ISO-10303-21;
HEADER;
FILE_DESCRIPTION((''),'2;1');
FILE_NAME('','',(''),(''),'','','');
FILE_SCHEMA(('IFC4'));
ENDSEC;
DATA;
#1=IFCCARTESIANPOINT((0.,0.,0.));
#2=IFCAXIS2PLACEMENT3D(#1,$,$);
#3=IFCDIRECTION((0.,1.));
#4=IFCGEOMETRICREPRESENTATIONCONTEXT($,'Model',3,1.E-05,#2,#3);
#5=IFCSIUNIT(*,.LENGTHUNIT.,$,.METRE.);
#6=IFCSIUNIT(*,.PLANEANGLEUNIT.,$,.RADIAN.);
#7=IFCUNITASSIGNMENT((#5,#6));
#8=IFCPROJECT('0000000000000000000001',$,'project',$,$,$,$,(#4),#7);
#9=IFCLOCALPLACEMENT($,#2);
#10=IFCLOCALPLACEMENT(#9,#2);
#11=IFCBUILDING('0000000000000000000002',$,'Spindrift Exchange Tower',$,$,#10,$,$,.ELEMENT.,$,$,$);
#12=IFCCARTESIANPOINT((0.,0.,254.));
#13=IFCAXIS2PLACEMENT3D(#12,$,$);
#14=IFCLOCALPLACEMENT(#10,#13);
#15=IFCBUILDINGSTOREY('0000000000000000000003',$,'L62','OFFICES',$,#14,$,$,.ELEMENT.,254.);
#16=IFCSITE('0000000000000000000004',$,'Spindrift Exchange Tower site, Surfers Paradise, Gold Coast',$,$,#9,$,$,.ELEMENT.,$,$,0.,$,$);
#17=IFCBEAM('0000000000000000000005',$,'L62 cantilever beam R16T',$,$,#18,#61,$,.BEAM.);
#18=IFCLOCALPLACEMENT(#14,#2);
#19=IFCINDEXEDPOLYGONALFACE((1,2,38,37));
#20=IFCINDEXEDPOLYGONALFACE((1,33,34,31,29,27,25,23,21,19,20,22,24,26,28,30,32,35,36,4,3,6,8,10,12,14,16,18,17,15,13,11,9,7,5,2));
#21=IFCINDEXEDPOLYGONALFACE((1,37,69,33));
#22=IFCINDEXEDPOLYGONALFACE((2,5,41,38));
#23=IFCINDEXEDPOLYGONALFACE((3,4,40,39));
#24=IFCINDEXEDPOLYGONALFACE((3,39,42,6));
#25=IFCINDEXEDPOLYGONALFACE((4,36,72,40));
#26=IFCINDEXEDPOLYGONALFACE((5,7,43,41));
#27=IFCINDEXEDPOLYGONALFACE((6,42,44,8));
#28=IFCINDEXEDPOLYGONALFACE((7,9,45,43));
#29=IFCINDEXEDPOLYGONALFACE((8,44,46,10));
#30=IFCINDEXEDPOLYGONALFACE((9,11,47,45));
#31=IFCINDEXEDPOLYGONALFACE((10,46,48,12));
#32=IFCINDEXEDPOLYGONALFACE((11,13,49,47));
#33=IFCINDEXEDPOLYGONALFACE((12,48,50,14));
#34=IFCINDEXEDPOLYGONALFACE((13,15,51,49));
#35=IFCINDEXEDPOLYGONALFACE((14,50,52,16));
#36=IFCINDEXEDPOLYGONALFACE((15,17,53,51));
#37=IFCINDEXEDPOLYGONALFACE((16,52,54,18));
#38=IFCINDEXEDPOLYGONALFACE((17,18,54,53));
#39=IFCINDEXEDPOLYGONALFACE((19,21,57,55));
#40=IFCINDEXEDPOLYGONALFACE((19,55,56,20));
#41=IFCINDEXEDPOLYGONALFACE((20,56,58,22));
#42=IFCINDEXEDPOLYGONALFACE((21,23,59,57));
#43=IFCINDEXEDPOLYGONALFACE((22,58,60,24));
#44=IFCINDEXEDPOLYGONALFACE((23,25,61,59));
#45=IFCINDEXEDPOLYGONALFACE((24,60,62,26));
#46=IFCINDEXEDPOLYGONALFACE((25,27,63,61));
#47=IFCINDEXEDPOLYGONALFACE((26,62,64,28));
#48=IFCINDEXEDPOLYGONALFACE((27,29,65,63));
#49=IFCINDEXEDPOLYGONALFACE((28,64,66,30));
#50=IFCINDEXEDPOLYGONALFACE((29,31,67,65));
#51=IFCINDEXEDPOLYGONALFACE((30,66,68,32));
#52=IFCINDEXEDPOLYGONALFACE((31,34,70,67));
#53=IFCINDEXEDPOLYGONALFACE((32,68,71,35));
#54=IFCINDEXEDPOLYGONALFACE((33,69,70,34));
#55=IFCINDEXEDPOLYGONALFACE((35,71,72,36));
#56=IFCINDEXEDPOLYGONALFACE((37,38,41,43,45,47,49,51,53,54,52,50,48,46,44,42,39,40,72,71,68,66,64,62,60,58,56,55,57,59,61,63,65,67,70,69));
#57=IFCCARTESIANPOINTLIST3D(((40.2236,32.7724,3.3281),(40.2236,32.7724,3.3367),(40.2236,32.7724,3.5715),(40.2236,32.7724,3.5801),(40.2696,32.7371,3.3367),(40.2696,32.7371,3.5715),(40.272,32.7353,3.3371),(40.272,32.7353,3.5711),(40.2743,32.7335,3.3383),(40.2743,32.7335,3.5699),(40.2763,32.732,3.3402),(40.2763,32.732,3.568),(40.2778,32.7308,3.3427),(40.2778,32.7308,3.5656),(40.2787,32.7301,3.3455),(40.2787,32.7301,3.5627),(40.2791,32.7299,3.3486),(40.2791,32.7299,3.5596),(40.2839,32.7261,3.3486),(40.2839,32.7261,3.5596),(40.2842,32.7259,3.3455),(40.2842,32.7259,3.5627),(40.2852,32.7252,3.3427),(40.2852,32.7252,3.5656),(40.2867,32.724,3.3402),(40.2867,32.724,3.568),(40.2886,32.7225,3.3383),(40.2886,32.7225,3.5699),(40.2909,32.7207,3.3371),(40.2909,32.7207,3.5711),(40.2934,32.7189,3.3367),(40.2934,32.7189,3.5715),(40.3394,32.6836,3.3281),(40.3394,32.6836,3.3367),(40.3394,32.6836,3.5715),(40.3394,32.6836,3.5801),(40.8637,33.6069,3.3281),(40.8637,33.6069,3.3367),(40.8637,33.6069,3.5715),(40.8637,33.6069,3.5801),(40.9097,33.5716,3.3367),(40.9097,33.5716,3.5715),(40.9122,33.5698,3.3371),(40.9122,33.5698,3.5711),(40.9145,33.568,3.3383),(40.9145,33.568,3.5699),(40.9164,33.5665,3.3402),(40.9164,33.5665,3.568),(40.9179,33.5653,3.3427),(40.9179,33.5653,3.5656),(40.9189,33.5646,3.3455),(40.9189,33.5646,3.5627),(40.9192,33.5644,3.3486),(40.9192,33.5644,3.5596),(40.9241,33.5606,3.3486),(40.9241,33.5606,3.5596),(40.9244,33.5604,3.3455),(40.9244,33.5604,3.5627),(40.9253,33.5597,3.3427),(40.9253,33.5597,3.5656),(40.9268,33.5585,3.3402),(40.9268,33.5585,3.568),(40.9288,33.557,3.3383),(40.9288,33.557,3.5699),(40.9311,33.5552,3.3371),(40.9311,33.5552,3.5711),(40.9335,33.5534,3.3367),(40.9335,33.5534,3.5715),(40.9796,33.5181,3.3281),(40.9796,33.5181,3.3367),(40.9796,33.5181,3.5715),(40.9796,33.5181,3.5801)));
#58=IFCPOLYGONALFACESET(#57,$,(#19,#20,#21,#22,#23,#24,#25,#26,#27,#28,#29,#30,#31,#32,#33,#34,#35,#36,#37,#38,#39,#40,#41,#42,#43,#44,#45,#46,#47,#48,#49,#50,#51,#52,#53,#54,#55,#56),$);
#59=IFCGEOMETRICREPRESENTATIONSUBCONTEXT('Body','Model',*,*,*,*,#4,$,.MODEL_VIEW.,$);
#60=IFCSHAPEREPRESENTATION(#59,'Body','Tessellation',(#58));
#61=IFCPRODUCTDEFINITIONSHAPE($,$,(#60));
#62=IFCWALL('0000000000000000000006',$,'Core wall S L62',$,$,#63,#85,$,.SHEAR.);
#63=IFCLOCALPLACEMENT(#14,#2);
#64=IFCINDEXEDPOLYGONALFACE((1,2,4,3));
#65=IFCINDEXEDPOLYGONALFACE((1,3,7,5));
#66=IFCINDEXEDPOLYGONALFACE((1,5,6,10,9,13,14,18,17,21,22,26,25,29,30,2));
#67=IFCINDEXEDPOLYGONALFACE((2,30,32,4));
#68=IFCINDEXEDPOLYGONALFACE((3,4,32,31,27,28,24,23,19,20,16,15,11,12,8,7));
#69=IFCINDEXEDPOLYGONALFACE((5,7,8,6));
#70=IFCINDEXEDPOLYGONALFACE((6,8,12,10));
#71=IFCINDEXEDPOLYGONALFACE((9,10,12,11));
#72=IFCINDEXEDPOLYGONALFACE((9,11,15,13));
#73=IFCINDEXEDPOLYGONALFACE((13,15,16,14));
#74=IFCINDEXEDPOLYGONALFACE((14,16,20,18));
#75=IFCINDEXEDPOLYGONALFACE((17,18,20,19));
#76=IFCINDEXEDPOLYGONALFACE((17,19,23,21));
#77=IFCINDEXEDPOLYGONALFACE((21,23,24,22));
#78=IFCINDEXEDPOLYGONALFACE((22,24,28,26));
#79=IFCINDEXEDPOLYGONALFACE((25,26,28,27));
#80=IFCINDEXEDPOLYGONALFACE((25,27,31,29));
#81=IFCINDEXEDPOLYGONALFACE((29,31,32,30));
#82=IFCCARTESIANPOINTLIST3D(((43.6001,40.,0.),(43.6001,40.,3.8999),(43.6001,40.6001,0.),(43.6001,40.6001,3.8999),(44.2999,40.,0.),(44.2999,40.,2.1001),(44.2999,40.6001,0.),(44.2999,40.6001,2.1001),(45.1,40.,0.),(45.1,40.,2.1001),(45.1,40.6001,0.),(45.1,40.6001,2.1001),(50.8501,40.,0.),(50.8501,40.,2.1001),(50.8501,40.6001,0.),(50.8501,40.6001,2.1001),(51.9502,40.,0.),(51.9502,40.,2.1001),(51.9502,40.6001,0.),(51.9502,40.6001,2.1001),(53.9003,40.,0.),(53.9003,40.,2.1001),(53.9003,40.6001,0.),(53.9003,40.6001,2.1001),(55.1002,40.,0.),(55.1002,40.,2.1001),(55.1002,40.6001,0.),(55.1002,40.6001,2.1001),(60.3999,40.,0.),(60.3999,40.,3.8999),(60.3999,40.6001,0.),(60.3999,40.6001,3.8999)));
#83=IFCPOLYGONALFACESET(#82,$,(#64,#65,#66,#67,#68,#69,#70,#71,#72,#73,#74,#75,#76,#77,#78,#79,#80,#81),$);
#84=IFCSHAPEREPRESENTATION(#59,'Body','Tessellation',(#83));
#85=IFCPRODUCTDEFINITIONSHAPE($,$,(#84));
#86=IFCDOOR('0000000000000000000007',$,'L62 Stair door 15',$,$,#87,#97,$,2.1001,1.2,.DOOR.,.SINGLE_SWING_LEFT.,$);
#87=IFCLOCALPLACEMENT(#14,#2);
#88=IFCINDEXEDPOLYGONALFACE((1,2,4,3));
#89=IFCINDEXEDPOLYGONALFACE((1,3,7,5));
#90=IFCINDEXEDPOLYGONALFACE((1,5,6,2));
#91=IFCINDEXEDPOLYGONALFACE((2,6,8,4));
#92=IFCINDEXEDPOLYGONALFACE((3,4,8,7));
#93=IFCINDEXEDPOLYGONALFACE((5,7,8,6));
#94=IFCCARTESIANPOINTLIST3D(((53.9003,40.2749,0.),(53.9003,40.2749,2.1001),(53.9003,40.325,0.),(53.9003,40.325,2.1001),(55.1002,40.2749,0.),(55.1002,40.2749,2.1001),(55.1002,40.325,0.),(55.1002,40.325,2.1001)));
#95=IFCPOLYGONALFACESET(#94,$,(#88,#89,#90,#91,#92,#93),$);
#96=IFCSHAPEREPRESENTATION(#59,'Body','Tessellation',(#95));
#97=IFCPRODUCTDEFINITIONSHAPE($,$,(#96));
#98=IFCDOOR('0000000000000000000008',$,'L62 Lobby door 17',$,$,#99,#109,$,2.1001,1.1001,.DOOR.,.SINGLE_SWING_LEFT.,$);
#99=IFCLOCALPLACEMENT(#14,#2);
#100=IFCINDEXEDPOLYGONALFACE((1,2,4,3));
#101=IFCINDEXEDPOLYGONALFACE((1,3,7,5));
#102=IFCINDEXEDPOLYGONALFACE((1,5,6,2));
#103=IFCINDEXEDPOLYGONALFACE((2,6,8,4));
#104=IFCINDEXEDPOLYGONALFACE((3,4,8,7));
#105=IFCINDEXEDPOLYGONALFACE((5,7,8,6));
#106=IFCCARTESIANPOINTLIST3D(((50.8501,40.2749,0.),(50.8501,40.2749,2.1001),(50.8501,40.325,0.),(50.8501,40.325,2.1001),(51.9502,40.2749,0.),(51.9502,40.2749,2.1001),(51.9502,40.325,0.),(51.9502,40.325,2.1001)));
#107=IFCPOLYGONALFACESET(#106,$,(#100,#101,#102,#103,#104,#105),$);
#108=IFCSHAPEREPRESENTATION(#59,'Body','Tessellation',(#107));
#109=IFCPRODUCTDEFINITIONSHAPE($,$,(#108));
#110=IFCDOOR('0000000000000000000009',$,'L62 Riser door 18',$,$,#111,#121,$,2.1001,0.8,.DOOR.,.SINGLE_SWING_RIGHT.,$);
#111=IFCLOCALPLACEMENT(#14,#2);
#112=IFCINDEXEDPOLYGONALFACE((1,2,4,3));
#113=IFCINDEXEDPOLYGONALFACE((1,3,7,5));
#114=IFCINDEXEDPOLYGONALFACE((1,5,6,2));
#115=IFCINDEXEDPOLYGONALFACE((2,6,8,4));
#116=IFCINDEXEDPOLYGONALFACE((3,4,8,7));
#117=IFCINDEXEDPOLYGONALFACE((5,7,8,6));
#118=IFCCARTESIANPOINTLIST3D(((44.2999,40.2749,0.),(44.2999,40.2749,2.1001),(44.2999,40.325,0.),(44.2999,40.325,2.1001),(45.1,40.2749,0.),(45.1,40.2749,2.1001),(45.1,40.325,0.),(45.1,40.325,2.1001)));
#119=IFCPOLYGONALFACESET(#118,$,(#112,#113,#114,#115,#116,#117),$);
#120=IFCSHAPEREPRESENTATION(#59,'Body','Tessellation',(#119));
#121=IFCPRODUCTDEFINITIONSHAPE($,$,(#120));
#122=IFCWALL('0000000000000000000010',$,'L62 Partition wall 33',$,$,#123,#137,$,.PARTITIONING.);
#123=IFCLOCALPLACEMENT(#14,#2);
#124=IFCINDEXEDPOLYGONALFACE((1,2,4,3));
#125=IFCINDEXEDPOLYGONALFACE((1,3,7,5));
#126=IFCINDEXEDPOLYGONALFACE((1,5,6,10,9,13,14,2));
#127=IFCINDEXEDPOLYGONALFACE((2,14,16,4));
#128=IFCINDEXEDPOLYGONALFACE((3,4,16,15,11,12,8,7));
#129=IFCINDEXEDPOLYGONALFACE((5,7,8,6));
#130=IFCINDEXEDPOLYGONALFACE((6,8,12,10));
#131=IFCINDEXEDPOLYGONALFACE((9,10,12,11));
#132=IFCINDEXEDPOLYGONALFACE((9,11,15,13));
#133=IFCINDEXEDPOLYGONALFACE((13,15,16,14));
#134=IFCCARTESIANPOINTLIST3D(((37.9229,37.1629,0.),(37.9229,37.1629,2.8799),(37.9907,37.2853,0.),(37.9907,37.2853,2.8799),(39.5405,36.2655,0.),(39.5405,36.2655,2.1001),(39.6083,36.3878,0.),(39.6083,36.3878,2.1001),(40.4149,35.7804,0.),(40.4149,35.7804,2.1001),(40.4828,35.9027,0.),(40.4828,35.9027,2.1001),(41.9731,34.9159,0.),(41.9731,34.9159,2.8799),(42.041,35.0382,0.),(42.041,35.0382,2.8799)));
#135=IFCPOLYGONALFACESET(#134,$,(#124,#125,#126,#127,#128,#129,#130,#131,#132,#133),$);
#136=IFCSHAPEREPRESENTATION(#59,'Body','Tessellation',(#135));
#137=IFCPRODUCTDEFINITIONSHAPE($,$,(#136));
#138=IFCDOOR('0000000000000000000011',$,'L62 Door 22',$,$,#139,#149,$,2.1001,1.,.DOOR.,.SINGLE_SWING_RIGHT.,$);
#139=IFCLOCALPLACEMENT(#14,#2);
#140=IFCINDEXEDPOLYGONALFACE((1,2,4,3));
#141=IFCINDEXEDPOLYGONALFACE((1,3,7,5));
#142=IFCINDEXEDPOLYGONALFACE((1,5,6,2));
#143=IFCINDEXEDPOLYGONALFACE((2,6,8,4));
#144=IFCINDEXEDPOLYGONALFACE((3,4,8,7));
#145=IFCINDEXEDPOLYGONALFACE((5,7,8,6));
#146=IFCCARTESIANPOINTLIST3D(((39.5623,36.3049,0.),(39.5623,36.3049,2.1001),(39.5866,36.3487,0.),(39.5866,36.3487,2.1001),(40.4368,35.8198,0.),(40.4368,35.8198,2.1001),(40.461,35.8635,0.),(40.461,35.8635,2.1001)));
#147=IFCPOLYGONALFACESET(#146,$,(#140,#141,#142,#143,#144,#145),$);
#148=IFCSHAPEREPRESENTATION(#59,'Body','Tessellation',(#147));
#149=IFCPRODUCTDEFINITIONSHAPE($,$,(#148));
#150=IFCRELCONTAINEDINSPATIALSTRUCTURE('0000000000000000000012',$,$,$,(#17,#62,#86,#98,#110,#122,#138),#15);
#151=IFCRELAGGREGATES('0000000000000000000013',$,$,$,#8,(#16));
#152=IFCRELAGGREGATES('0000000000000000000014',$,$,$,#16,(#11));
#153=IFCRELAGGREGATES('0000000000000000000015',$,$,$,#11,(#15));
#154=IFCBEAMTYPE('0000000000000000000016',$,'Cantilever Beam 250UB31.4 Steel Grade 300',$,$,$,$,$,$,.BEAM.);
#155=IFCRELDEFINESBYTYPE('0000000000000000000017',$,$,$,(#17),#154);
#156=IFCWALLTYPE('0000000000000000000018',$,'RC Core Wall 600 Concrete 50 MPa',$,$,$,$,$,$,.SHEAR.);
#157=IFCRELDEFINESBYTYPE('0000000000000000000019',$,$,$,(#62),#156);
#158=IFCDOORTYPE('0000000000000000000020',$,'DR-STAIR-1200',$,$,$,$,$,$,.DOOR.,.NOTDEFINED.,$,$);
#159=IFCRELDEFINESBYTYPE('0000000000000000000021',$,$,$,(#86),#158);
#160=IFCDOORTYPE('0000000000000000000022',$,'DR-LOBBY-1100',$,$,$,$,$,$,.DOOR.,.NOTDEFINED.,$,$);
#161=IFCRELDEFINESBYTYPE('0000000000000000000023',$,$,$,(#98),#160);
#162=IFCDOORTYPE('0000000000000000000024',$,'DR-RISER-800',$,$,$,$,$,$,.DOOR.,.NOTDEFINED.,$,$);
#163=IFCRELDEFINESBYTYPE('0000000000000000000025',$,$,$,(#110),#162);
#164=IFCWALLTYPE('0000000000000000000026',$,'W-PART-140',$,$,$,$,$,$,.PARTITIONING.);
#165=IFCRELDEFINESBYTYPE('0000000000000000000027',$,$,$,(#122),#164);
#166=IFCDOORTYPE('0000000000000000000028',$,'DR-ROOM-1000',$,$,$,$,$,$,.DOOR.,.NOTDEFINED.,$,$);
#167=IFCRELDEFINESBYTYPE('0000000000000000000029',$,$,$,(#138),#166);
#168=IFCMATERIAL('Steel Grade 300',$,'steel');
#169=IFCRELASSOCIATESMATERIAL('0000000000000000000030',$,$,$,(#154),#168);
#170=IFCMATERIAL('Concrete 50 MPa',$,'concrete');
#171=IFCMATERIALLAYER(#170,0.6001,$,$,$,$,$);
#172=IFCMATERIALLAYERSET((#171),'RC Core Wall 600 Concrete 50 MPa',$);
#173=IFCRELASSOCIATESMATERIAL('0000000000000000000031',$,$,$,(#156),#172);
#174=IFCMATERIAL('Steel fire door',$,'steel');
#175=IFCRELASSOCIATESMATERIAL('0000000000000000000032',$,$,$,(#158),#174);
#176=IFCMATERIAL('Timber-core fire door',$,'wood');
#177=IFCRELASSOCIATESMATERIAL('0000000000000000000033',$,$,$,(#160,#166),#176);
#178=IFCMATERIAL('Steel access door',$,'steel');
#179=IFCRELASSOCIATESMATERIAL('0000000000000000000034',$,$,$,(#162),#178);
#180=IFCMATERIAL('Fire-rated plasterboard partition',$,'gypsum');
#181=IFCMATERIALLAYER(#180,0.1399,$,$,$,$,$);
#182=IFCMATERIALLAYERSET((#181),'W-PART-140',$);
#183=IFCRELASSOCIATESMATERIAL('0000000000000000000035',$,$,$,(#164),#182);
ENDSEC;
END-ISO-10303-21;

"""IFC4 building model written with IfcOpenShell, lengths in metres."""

from ifc_helpers import new_model, si_unit, direction, frame, frame_2d, origin, origin_2d, place, context, subcontext, project, spatial, rectangle, i_section, extrude, source, transform, mapped, material, layer, layer_set, material_profile, profile_set, type_object, element, fill, save


model = new_model("IFC4")

# Units and contexts
model_context = context("Model", 3, precision=1e-05, world=origin(), true_north=direction((0.0, 1.0)))
body_context = subcontext(model_context, "Body", "Model", "MODEL_VIEW")
ifc_project = project(units=[si_unit("LENGTHUNIT", "METRE"), si_unit("PLANEANGLEUNIT", "RADIAN")], contexts=[model_context])

# Site, building, storey
site_placement = place(None, origin())
site = spatial("IfcSite", under=ifc_project, at=site_placement, Name="Spindrift Exchange Tower site, Surfers Paradise, Gold Coast", CompositionType="ELEMENT", RefElevation=0.0)
building_placement = place(site_placement, origin())
building = spatial("IfcBuilding", under=site, at=building_placement, Name="Spindrift Exchange Tower", CompositionType="ELEMENT")
storey_placement = place(building_placement, frame((0.0, 0.0, 254.0)))
storey = spatial("IfcBuildingStorey", under=building, at=storey_placement, Name="L62", Description="OFFICES", CompositionType="ELEMENT", Elevation=254.0)

# Beam
ifc_material_1 = material(Name="Steel Grade 300", Category="steel")
ifc_material_profile_1 = material_profile(ifc_material_1, i_section(OverallWidth=0.146, OverallDepth=0.252, WebThickness=0.0061, FlangeThickness=0.0085, FilletRadius=0.012, at=origin_2d()), Name="250UB31.4")
ifc_profile_set_1 = profile_set([ifc_material_profile_1], Name="Steel Grade 300")
beam_type_1 = type_object("IfcBeamType", Name="Cantilever Beam 250UB31.4 Steel Grade 300", PredefinedType="BEAM", material=ifc_profile_set_1)
shared_shape_1 = source(origin(), body_context, "Body", "SweptSolid", [
    extrude(i_section(OverallWidth=0.146, OverallDepth=0.252, WebThickness=0.0061, FlangeThickness=0.0085, FilletRadius=0.012, at=origin_2d()), origin(), (0.0, 0.0, 1.0), 1.0518),
])
beam_1_placement = place(storey_placement, frame((40.9216, 33.5625, 3.4541), z_axis=(-0.608656, -0.793434, 0.0), x_axis=(0.793434, -0.608656, 0.0)))
element("IfcBeam", 1, at=beam_1_placement, inside=storey, type_object=beam_type_1, Name="L62 cantilever beam R16T", PredefinedType="BEAM", context=body_context, shape_type="MappedRepresentation", body=[
    mapped(shared_shape_1, transform((0.0, 0.0, 0.0), scale=1.0)),
])

# Wall, openings, doors
ifc_material_2 = material(Name="Concrete 50 MPa", Category="concrete")
ifc_layer_1 = layer(ifc_material_2, 0.6001)
ifc_layer_set_1 = layer_set([ifc_layer_1], Name="RC Core Wall 600 Concrete 50 MPa")
wall_type_1 = type_object("IfcWallType", Name="RC Core Wall 600 Concrete 50 MPa", PredefinedType="SHEAR", material=ifc_layer_set_1)
wall_1_placement = place(storey_placement, frame((43.6001, 40.3, 0.0), z_axis=(0.0, 0.0, 1.0), x_axis=(1.0, 0.0, 0.0)))
wall_1 = element("IfcWall", 2, at=wall_1_placement, inside=storey, type_object=wall_type_1, Name="Core wall S L62", PredefinedType="SHEAR", context=body_context, shape_type="SweptSolid", body=[
    extrude(rectangle(XDim=16.7998, YDim=0.6001, at=frame_2d((8.3999, 0.0))), origin(), (0.0, 0.0, 1.0), 3.8999),
])
opening_1_placement = place(wall_1_placement, frame((10.3, 0.0, 0.0)))
opening_1 = element("IfcOpeningElement", 3, at=opening_1_placement, cuts=wall_1, PredefinedType="OPENING", context=body_context, shape_type="SweptSolid", body=[
    extrude(rectangle(XDim=1.2, YDim=2.1001, at=frame_2d((0.6001, 1.05))), frame((0.0, 0.3101, 0.0), z_axis=(0.0, -1.0, 0.0), x_axis=(1.0, 0.0, 0.0)), (0.0, 0.0, 1.0), 0.6201),
])
opening_2_placement = place(wall_1_placement, frame((7.25, 0.0, 0.0)))
opening_2 = element("IfcOpeningElement", 4, at=opening_2_placement, cuts=wall_1, PredefinedType="OPENING", context=body_context, shape_type="SweptSolid", body=[
    extrude(rectangle(XDim=1.1001, YDim=2.1001, at=frame_2d((0.55, 1.05))), frame((0.0, 0.3101, 0.0), z_axis=(0.0, -1.0, 0.0), x_axis=(1.0, 0.0, 0.0)), (0.0, 0.0, 1.0), 0.6201),
])
opening_3_placement = place(wall_1_placement, frame((0.7, 0.0, 0.0)))
opening_3 = element("IfcOpeningElement", 5, at=opening_3_placement, cuts=wall_1, PredefinedType="OPENING", context=body_context, shape_type="SweptSolid", body=[
    extrude(rectangle(XDim=0.8, YDim=2.1001, at=frame_2d((0.3999, 1.05))), frame((0.0, 0.3101, 0.0), z_axis=(0.0, -1.0, 0.0), x_axis=(1.0, 0.0, 0.0)), (0.0, 0.0, 1.0), 0.6201),
])
ifc_material_3 = material(Name="Steel fire door", Category="steel")
door_type_1 = type_object("IfcDoorType", Name="DR-STAIR-1200", OperationType="NOTDEFINED", PredefinedType="DOOR", material=ifc_material_3)
shared_shape_2 = source(origin(), body_context, "Body", "SweptSolid", [
    extrude(rectangle(XDim=1.2, YDim=2.1001, at=frame_2d((0.6001, 1.05))), frame((0.0, 0.0249, 0.0), z_axis=(0.0, -1.0, 0.0), x_axis=(1.0, 0.0, 0.0)), (0.0, 0.0, 1.0), 0.05),
])
door_1_placement = place(opening_1_placement, origin())
door_1 = element("IfcDoor", 6, at=door_1_placement, inside=storey, type_object=door_type_1, Name="L62 Stair door 15", OperationType="SINGLE_SWING_LEFT", OverallHeight=2.1001, OverallWidth=1.2, PredefinedType="DOOR", context=body_context, shape_type="MappedRepresentation", body=[
    mapped(shared_shape_2, transform((0.0, 0.0, 0.0), scale=1.0)),
])
fill(opening_1, door_1)
ifc_material_4 = material(Name="Timber-core fire door", Category="wood")
door_type_2 = type_object("IfcDoorType", Name="DR-LOBBY-1100", OperationType="NOTDEFINED", PredefinedType="DOOR", material=ifc_material_4)
shared_shape_3 = source(origin(), body_context, "Body", "SweptSolid", [
    extrude(rectangle(XDim=1.1001, YDim=2.1001, at=frame_2d((0.55, 1.05))), frame((0.0, 0.0249, 0.0), z_axis=(0.0, -1.0, 0.0), x_axis=(1.0, 0.0, 0.0)), (0.0, 0.0, 1.0), 0.05),
])
door_2_placement = place(opening_2_placement, origin())
door_2 = element("IfcDoor", 7, at=door_2_placement, inside=storey, type_object=door_type_2, Name="L62 Lobby door 17", OperationType="SINGLE_SWING_LEFT", OverallHeight=2.1001, OverallWidth=1.1001, PredefinedType="DOOR", context=body_context, shape_type="MappedRepresentation", body=[
    mapped(shared_shape_3, transform((0.0, 0.0, 0.0), scale=1.0)),
])
fill(opening_2, door_2)
ifc_material_5 = material(Name="Steel access door", Category="steel")
door_type_3 = type_object("IfcDoorType", Name="DR-RISER-800", OperationType="NOTDEFINED", PredefinedType="DOOR", material=ifc_material_5)
shared_shape_4 = source(origin(), body_context, "Body", "SweptSolid", [
    extrude(rectangle(XDim=0.8, YDim=2.1001, at=frame_2d((0.3999, 1.05))), frame((0.0, 0.0249, 0.0), z_axis=(0.0, -1.0, 0.0), x_axis=(1.0, 0.0, 0.0)), (0.0, 0.0, 1.0), 0.05),
])
door_3_placement = place(opening_3_placement, origin())
door_3 = element("IfcDoor", 8, at=door_3_placement, inside=storey, type_object=door_type_3, Name="L62 Riser door 18", OperationType="SINGLE_SWING_RIGHT", OverallHeight=2.1001, OverallWidth=0.8, PredefinedType="DOOR", context=body_context, shape_type="MappedRepresentation", body=[
    mapped(shared_shape_4, transform((0.0, 0.0, 0.0), scale=1.0)),
])
fill(opening_3, door_3)

# Wall, opening, door
ifc_material_6 = material(Name="Fire-rated plasterboard partition", Category="gypsum")
ifc_layer_2 = layer(ifc_material_6, 0.1399)
ifc_layer_set_2 = layer_set([ifc_layer_2], Name="W-PART-140")
wall_type_2 = type_object("IfcWallType", Name="W-PART-140", PredefinedType="PARTITIONING", material=ifc_layer_set_2)
wall_2_placement = place(storey_placement, frame((42.0071, 34.9771, 0.0), z_axis=(0.0, 0.0, 1.0), x_axis=(-0.874441, 0.485133, 0.0)))
wall_2 = element("IfcWall", 9, at=wall_2_placement, inside=storey, type_object=wall_type_2, Name="L62 Partition wall 33", PredefinedType="PARTITIONING", context=body_context, shape_type="SweptSolid", body=[
    extrude(rectangle(XDim=4.6318, YDim=0.1399, at=frame_2d((2.3159, 0.0))), origin(), (0.0, 0.0, 1.0), 2.8799),
])
opening_4_placement = place(wall_2_placement, frame((1.782, 0.0, 0.0)))
opening_4 = element("IfcOpeningElement", 10, at=opening_4_placement, cuts=wall_2, PredefinedType="OPENING", context=body_context, shape_type="SweptSolid", body=[
    extrude(rectangle(XDim=1.0, YDim=2.1001, at=frame_2d((0.5, 1.05))), frame((0.0, 0.0798, 0.0), z_axis=(0.0, -1.0, 0.0), x_axis=(1.0, 0.0, 0.0)), (0.0, 0.0, 1.0), 0.1599),
])
door_type_4 = type_object("IfcDoorType", Name="DR-ROOM-1000", OperationType="NOTDEFINED", PredefinedType="DOOR", material=ifc_material_4)
shared_shape_5 = source(origin(), body_context, "Body", "SweptSolid", [
    extrude(rectangle(XDim=1.0, YDim=2.1001, at=frame_2d((0.5, 1.05))), frame((0.0, 0.0249, 0.0), z_axis=(0.0, -1.0, 0.0), x_axis=(1.0, 0.0, 0.0)), (0.0, 0.0, 1.0), 0.05),
])
door_4_placement = place(opening_4_placement, origin())
door_4 = element("IfcDoor", 11, at=door_4_placement, inside=storey, type_object=door_type_4, Name="L62 Door 22", OperationType="SINGLE_SWING_RIGHT", OverallHeight=2.1001, OverallWidth=1.0, PredefinedType="DOOR", context=body_context, shape_type="MappedRepresentation", body=[
    mapped(shared_shape_5, transform((0.0, 0.0, 0.0), scale=1.0)),
])
fill(opening_4, door_4)

save(model, "model.ifc")
